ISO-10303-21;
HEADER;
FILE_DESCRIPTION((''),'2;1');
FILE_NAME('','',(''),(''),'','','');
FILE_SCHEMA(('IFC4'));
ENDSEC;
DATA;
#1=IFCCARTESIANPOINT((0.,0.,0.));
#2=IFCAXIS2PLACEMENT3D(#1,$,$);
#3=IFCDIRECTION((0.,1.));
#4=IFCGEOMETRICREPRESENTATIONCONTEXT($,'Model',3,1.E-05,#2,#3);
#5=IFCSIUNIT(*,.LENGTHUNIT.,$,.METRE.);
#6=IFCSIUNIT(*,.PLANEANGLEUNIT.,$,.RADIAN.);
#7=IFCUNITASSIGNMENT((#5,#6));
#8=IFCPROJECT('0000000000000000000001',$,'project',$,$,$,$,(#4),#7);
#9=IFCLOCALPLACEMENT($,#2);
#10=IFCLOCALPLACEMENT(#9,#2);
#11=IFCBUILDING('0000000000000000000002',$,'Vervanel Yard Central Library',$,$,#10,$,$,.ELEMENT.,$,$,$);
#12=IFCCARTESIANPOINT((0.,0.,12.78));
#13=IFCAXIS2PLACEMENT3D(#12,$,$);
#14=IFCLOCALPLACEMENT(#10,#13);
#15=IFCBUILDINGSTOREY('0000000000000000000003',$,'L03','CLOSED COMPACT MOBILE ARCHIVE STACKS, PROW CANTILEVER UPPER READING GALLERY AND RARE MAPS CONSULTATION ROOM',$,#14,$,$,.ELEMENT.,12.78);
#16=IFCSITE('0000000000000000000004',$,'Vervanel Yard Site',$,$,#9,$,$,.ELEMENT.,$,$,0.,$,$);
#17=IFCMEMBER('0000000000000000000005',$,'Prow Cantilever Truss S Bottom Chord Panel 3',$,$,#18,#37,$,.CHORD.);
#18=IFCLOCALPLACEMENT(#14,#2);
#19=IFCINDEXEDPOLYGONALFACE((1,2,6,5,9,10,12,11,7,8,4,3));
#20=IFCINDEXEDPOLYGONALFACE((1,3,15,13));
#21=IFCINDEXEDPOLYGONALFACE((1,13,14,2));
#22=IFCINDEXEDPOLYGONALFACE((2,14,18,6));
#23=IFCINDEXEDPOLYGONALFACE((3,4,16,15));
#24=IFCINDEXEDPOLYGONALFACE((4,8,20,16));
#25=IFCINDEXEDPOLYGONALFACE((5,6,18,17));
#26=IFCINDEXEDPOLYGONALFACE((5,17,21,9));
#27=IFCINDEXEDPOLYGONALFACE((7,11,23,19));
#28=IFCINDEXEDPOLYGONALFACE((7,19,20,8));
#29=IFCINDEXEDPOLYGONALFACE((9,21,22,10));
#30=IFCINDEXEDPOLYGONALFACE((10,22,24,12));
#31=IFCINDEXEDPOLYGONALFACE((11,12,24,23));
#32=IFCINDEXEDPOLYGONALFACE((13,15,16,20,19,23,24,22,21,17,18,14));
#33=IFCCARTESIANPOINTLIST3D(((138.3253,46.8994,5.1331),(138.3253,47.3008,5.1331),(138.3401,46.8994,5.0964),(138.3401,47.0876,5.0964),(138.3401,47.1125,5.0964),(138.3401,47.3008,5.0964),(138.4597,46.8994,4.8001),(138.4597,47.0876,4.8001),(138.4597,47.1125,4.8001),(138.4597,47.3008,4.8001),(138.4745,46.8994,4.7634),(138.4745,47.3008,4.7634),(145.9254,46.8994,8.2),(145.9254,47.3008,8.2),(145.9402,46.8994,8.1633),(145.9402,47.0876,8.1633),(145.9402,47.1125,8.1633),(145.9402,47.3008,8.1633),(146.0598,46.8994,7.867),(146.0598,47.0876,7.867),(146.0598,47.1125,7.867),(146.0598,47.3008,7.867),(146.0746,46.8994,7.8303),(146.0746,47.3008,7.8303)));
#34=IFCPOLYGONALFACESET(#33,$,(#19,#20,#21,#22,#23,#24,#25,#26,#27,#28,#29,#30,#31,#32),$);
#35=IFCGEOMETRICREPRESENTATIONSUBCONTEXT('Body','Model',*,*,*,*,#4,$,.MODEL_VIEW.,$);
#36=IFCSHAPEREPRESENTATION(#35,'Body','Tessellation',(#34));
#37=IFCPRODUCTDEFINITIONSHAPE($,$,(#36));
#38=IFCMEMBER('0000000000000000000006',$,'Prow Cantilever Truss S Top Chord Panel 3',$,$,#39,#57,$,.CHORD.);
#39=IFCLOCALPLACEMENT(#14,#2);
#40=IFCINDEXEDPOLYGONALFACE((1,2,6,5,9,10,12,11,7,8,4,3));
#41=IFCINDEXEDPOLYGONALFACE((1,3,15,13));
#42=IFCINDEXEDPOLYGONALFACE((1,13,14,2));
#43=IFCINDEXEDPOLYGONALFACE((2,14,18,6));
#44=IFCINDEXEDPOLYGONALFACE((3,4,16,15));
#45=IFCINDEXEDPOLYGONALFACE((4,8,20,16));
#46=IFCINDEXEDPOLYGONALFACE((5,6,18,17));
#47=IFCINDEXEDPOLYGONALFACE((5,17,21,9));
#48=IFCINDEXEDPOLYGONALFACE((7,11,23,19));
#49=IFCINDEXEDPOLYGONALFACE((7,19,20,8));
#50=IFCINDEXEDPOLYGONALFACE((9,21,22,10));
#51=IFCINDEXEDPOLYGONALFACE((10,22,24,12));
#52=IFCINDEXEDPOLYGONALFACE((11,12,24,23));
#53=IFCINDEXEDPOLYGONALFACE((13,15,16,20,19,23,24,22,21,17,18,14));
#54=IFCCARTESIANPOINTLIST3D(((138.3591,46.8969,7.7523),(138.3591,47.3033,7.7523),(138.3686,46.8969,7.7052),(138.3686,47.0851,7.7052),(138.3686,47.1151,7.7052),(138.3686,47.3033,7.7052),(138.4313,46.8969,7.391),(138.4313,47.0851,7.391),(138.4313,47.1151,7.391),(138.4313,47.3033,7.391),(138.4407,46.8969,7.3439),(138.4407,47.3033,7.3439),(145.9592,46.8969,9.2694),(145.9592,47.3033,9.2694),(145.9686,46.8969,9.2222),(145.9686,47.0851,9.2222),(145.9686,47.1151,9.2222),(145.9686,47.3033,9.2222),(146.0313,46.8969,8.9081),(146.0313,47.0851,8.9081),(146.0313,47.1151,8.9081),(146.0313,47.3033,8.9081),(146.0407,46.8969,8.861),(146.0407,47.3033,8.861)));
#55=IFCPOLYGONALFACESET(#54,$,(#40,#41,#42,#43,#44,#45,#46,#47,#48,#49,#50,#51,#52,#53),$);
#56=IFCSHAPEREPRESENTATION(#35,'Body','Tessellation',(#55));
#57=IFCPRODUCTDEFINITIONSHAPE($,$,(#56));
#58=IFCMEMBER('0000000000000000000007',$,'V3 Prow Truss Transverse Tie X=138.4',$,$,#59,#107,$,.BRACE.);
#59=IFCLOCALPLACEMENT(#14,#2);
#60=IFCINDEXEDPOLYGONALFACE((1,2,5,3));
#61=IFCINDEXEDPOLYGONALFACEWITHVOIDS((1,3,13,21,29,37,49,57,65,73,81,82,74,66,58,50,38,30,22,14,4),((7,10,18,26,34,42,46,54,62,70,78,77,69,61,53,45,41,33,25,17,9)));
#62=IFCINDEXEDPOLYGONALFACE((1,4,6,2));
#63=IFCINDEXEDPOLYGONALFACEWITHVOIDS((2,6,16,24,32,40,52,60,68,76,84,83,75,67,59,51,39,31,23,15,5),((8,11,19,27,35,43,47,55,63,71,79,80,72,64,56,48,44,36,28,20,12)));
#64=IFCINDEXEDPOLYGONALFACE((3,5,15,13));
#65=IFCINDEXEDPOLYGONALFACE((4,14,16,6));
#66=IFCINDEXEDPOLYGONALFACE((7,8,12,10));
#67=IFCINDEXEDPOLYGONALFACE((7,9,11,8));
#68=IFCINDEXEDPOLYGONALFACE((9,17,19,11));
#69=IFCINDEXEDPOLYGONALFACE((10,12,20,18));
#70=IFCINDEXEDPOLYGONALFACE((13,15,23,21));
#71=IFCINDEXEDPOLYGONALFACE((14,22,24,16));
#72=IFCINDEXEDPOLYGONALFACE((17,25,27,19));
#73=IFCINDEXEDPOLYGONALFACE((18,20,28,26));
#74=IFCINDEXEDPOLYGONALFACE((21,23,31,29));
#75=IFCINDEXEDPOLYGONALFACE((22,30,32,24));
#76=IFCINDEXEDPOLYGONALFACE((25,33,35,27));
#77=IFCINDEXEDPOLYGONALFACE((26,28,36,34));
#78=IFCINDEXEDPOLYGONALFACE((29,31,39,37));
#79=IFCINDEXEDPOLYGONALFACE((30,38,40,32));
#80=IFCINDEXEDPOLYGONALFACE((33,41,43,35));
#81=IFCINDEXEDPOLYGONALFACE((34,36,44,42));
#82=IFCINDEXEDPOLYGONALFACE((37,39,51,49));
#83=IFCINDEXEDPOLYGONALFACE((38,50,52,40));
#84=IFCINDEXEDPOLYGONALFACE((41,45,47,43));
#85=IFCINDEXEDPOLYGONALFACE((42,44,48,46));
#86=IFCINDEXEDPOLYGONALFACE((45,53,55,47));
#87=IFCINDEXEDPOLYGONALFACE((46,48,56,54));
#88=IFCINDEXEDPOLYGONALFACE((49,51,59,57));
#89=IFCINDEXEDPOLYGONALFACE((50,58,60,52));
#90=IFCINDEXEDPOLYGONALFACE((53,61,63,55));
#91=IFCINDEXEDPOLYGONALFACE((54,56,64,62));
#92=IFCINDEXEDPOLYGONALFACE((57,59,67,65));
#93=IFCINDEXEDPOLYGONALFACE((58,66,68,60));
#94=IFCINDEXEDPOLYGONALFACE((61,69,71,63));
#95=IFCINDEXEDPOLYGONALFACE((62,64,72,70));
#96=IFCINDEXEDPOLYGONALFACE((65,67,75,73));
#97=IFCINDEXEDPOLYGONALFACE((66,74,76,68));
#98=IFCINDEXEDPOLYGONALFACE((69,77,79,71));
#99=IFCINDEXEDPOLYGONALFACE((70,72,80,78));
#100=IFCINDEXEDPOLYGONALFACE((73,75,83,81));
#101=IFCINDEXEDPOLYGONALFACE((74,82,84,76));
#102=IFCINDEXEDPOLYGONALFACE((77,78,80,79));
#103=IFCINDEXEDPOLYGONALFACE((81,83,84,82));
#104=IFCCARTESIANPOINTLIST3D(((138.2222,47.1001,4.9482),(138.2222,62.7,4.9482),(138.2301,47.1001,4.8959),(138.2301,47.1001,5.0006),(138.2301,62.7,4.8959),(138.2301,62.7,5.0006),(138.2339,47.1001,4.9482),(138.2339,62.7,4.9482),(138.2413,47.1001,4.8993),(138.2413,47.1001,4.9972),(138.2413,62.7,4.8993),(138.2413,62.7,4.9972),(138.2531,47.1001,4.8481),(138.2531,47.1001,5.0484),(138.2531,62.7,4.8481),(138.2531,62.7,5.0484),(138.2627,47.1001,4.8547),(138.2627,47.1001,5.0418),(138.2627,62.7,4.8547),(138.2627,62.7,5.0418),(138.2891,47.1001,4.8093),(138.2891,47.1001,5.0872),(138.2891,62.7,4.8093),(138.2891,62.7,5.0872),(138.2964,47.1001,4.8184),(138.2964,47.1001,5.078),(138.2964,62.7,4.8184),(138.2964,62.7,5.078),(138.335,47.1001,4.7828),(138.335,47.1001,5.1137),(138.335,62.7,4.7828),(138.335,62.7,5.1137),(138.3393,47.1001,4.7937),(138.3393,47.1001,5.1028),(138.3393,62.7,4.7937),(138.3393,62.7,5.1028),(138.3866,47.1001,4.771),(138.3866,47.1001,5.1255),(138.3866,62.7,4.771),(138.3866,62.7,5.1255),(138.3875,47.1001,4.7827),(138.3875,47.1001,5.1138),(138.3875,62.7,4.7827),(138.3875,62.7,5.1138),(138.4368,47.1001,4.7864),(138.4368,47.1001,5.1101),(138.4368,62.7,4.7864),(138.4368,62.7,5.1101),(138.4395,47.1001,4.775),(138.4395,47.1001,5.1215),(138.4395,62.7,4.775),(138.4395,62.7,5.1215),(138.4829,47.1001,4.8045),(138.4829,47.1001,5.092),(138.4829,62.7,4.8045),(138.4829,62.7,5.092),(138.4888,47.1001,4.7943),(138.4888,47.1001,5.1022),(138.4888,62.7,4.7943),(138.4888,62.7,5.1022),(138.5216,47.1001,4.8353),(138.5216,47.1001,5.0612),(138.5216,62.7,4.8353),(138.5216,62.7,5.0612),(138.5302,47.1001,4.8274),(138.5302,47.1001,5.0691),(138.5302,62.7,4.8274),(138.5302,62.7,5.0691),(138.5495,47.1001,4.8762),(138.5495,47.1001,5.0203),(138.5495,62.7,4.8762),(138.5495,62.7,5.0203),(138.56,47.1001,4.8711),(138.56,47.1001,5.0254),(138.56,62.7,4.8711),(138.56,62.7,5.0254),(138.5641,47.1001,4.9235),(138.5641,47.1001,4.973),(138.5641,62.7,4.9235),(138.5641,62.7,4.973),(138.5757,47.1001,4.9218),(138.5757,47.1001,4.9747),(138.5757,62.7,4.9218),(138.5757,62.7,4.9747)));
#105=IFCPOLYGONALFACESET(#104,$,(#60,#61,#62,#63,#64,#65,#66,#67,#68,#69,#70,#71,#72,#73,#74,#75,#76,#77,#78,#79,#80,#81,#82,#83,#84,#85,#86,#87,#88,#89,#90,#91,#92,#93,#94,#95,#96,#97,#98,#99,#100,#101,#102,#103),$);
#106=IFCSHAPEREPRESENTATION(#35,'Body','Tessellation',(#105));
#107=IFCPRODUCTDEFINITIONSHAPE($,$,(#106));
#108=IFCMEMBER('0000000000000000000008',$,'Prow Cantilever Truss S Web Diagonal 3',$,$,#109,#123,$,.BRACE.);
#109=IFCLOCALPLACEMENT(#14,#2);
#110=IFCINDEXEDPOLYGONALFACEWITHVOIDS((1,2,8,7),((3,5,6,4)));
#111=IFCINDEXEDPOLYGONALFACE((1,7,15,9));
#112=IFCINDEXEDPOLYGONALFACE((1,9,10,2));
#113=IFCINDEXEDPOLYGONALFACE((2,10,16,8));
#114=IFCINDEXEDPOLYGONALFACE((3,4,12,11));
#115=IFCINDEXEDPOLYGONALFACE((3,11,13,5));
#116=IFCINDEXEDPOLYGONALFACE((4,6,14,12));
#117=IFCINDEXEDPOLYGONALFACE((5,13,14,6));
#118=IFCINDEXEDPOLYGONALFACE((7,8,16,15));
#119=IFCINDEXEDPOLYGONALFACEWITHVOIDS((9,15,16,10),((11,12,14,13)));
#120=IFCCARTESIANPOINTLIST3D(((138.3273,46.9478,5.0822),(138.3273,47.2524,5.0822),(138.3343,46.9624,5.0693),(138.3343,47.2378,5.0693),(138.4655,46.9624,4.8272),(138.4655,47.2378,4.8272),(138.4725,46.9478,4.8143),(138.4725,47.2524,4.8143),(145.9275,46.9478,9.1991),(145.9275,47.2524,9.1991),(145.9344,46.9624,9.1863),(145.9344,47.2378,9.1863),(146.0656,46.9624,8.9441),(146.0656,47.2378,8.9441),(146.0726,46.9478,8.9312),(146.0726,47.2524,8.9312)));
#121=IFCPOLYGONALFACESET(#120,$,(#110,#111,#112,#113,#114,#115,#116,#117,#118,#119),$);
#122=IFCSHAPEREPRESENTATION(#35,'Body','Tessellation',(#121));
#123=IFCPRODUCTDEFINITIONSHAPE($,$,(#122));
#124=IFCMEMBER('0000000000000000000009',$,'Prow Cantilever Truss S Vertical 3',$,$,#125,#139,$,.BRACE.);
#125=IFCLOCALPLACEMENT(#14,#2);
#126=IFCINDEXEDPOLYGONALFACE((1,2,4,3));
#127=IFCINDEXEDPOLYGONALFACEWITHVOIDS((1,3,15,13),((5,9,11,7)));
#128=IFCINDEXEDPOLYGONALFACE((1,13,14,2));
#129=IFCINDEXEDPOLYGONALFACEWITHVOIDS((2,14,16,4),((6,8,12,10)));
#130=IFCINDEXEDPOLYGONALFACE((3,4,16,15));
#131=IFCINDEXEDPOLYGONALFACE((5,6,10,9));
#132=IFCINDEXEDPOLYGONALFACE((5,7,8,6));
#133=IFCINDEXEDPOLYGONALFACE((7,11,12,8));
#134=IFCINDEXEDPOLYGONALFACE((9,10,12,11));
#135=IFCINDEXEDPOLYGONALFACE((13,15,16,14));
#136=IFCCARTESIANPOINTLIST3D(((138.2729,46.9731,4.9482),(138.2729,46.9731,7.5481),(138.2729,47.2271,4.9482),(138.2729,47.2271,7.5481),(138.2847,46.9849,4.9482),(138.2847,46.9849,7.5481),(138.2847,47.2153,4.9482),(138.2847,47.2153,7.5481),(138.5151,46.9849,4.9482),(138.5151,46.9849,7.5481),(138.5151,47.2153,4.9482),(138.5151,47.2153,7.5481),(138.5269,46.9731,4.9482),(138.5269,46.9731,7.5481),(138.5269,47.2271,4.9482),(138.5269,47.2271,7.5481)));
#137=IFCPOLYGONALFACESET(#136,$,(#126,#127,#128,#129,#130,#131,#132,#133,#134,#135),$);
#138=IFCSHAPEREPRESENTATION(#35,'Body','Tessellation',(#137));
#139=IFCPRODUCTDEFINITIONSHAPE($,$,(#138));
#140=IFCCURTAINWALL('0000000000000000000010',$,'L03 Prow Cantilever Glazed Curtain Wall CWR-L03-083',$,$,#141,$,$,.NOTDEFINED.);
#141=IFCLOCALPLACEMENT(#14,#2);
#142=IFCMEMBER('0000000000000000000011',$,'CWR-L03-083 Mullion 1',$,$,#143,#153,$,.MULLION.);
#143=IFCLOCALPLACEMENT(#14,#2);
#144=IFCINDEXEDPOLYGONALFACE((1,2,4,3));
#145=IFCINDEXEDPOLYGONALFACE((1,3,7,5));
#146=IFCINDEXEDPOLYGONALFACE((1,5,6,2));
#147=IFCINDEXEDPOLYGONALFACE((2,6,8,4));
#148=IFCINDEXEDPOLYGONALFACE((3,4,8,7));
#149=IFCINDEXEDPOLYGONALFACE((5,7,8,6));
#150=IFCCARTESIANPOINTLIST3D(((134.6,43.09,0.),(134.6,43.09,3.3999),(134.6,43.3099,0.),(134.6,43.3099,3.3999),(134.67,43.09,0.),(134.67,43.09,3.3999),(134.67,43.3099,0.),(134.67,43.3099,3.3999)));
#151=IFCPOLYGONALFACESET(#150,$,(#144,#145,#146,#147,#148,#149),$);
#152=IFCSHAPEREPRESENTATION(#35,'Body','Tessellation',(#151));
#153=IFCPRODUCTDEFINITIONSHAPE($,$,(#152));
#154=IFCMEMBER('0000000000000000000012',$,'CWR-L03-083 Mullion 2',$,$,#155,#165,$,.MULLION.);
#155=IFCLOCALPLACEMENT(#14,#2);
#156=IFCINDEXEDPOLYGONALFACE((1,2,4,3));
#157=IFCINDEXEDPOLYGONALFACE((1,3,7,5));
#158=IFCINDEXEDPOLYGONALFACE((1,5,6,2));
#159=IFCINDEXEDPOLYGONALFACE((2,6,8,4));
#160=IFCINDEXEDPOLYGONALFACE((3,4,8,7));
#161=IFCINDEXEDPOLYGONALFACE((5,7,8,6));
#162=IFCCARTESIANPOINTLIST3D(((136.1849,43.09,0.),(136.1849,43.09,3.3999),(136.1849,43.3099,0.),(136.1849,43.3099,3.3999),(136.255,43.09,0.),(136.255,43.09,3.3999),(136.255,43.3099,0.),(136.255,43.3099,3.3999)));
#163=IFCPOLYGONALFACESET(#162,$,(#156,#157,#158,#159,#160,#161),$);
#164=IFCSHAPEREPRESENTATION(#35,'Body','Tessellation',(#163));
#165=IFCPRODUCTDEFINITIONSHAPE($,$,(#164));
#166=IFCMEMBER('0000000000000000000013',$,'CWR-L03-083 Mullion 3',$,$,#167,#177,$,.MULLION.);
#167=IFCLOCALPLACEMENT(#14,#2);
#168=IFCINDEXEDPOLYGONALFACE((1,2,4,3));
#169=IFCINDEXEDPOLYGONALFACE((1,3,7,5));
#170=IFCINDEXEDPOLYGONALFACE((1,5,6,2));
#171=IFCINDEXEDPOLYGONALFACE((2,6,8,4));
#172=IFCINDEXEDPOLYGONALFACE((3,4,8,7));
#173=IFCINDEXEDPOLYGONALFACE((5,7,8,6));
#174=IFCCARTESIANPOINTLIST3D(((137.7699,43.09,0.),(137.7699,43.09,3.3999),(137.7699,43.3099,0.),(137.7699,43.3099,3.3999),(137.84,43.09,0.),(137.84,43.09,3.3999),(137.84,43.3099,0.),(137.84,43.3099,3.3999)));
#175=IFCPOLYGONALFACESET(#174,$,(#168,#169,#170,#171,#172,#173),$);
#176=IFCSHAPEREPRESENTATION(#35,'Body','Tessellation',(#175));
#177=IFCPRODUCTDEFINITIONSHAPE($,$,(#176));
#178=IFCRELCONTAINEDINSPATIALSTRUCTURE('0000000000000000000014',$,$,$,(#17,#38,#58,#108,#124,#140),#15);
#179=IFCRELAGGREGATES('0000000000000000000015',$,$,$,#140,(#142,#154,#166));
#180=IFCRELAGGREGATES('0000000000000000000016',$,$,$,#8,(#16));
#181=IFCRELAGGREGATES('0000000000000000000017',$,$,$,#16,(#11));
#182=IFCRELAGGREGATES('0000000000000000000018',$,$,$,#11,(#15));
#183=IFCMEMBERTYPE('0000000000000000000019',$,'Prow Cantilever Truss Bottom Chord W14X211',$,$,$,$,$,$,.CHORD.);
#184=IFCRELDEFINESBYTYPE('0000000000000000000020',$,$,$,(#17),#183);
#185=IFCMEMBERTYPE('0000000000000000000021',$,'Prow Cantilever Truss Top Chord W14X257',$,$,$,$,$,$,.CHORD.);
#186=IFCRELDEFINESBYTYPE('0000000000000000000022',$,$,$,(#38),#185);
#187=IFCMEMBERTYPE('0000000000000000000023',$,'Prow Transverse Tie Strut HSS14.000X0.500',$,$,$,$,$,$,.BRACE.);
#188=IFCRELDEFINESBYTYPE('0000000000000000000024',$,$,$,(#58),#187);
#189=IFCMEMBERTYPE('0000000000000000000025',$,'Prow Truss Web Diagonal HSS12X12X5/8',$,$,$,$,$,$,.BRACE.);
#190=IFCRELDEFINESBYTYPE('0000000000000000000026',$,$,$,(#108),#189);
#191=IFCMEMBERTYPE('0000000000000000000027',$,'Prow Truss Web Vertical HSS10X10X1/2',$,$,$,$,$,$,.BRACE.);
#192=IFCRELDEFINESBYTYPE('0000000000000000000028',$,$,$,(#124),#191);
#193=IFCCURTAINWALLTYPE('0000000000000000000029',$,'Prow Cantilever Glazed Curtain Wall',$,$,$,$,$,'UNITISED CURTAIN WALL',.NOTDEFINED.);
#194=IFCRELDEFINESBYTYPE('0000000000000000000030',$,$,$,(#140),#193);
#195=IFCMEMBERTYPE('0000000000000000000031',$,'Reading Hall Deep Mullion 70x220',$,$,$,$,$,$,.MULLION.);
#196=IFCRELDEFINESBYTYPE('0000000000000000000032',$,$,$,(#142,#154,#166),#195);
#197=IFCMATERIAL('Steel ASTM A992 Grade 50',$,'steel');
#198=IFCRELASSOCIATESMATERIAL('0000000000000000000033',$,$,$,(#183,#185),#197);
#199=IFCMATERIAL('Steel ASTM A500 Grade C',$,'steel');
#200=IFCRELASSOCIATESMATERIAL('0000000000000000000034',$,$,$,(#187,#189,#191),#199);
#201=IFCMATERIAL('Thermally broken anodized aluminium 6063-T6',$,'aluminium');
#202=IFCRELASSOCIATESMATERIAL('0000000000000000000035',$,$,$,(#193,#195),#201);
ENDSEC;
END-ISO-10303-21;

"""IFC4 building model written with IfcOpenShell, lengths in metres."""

from ifc_helpers import new_model, si_unit, direction, frame, origin, origin_2d, place, context, subcontext, project, spatial, rectangle, hollow_rectangle, hollow_circle, i_section, extrude, material, material_profile, profile_set, type_object, element, aggregate, save


model = new_model("IFC4")

# Units and contexts
model_context = context("Model", 3, precision=1e-05, world=origin(), true_north=direction((0.0, 1.0)))
body_context = subcontext(model_context, "Body", "Model", "MODEL_VIEW")
ifc_project = project(units=[si_unit("LENGTHUNIT", "METRE"), si_unit("PLANEANGLEUNIT", "RADIAN")], contexts=[model_context])

# Site, building, storey
site_placement = place(None, origin())
site = spatial("IfcSite", under=ifc_project, at=site_placement, Name="Vervanel Yard Site", CompositionType="ELEMENT", RefElevation=0.0)
building_placement = place(site_placement, origin())
building = spatial("IfcBuilding", under=site, at=building_placement, Name="Vervanel Yard Central Library", CompositionType="ELEMENT")
storey_placement = place(building_placement, frame((0.0, 0.0, 12.78)))
storey = spatial("IfcBuildingStorey", under=building, at=storey_placement, Name="L03", Description="CLOSED COMPACT MOBILE ARCHIVE STACKS, PROW CANTILEVER UPPER READING GALLERY AND RARE MAPS CONSULTATION ROOM", CompositionType="ELEMENT", Elevation=12.78)

# Members
ifc_material_1 = material(Name="Steel ASTM A992 Grade 50", Category="steel")
ifc_material_profile_1 = material_profile(ifc_material_1, i_section(OverallWidth=0.4014, OverallDepth=0.3987, WebThickness=0.0249, FlangeThickness=0.0396, at=origin_2d()), Name="W14X211", Category="steel")
ifc_profile_set_1 = profile_set([ifc_material_profile_1], Name="Steel ASTM A992 Grade 50")
member_type_1 = type_object("IfcMemberType", Name="Prow Cantilever Truss Bottom Chord W14X211", PredefinedType="CHORD", material=ifc_profile_set_1)
member_1_placement = place(storey_placement, frame((138.3999, 47.1001, 4.9482), z_axis=(0.927342, 0.0, 0.374214), x_axis=(0.0, 1.0, 0.0)))
element("IfcMember", 1, at=member_1_placement, inside=storey, type_object=member_type_1, Name="Prow Cantilever Truss S Bottom Chord Panel 3", PredefinedType="CHORD", context=body_context, shape_type="SweptSolid", body=[
    extrude(i_section(OverallWidth=0.4014, OverallDepth=0.3987, WebThickness=0.0249, FlangeThickness=0.0396, at=origin_2d()), origin(), (0.0, 0.0, 1.0), 8.1956),
])
ifc_material_profile_2 = material_profile(ifc_material_1, i_section(OverallWidth=0.4065, OverallDepth=0.4165, WebThickness=0.03, FlangeThickness=0.0481, at=origin_2d()), Name="W14X257", Category="steel")
ifc_profile_set_2 = profile_set([ifc_material_profile_2], Name="Steel ASTM A992 Grade 50")
member_type_2 = type_object("IfcMemberType", Name="Prow Cantilever Truss Top Chord W14X257", PredefinedType="CHORD", material=ifc_profile_set_2)
member_2_placement = place(storey_placement, frame((138.3999, 47.1001, 7.5481), z_axis=(0.980653, 0.0, 0.195753), x_axis=(0.0, 1.0, 0.0)))
element("IfcMember", 2, at=member_2_placement, inside=storey, type_object=member_type_2, Name="Prow Cantilever Truss S Top Chord Panel 3", PredefinedType="CHORD", context=body_context, shape_type="SweptSolid", body=[
    extrude(i_section(OverallWidth=0.4065, OverallDepth=0.4165, WebThickness=0.03, FlangeThickness=0.0481, at=origin_2d()), origin(), (0.0, 0.0, 1.0), 7.75),
])
ifc_material_2 = material(Name="Steel ASTM A500 Grade C", Category="steel")
ifc_material_profile_3 = material_profile(ifc_material_2, hollow_circle(Radius=0.1777, WallThickness=0.0117, at=origin_2d()), Name="HSS14.000X0.500", Category="steel")
ifc_profile_set_3 = profile_set([ifc_material_profile_3], Name="Steel ASTM A500 Grade C")
member_type_3 = type_object("IfcMemberType", Name="Prow Transverse Tie Strut HSS14.000X0.500", PredefinedType="BRACE", material=ifc_profile_set_3)
member_3_placement = place(storey_placement, frame((138.3999, 47.1001, 4.9482), z_axis=(0.0, 1.0, 0.0), x_axis=(-1.0, 0.0, 0.0)))
element("IfcMember", 3, at=member_3_placement, inside=storey, type_object=member_type_3, Name="V3 Prow Truss Transverse Tie X=138.4", PredefinedType="BRACE", context=body_context, shape_type="SweptSolid", body=[
    extrude(hollow_circle(Radius=0.1777, WallThickness=0.0117, at=origin_2d()), origin(), (0.0, 0.0, 1.0), 15.5999),
])
ifc_material_profile_4 = material_profile(ifc_material_2, hollow_rectangle(XDim=0.3047, YDim=0.3047, WallThickness=0.0146, at=origin_2d()), Name="HSS12X12X5/8", Category="steel")
ifc_profile_set_4 = profile_set([ifc_material_profile_4], Name="Steel ASTM A500 Grade C")
member_type_4 = type_object("IfcMemberType", Name="Prow Truss Web Diagonal HSS12X12X5/8", PredefinedType="BRACE", material=ifc_profile_set_4)
member_4_placement = place(storey_placement, frame((138.3999, 47.1001, 4.9482), z_axis=(0.879281, 0.0, 0.476303), x_axis=(0.0, 1.0, 0.0)))
element("IfcMember", 4, at=member_4_placement, inside=storey, type_object=member_type_4, Name="Prow Cantilever Truss S Web Diagonal 3", PredefinedType="BRACE", context=body_context, shape_type="SweptSolid", body=[
    extrude(hollow_rectangle(XDim=0.3047, YDim=0.3047, WallThickness=0.0146, at=origin_2d()), origin(), (0.0, 0.0, 1.0), 8.6436),
])
ifc_material_profile_5 = material_profile(ifc_material_2, hollow_rectangle(XDim=0.2539, YDim=0.2539, WallThickness=0.0117, at=origin_2d()), Name="HSS10X10X1/2", Category="steel")
ifc_profile_set_5 = profile_set([ifc_material_profile_5], Name="Steel ASTM A500 Grade C")
member_type_5 = type_object("IfcMemberType", Name="Prow Truss Web Vertical HSS10X10X1/2", PredefinedType="BRACE", material=ifc_profile_set_5)
member_5_placement = place(storey_placement, frame((138.3999, 47.1001, 4.9482), z_axis=(0.0, 0.0, 1.0), x_axis=(1.0, 0.0, 0.0)))
element("IfcMember", 5, at=member_5_placement, inside=storey, type_object=member_type_5, Name="Prow Cantilever Truss S Vertical 3", PredefinedType="BRACE", context=body_context, shape_type="SweptSolid", body=[
    extrude(hollow_rectangle(XDim=0.2539, YDim=0.2539, WallThickness=0.0117, at=origin_2d()), origin(), (0.0, 0.0, 1.0), 2.5999),
])

# Curtain wall, members
ifc_material_3 = material(Name="Thermally broken anodized aluminium 6063-T6", Category="aluminium")
curtain_wall_type = type_object("IfcCurtainWallType", Name="Prow Cantilever Glazed Curtain Wall", ElementType="UNITISED CURTAIN WALL", PredefinedType="NOTDEFINED", material=ifc_material_3)
curtain_wall_1_placement = place(storey_placement, origin())
curtain_wall_1 = element("IfcCurtainWall", 6, at=curtain_wall_1_placement, inside=storey, type_object=curtain_wall_type, Name="L03 Prow Cantilever Glazed Curtain Wall CWR-L03-083", PredefinedType="NOTDEFINED")
ifc_material_profile_6 = material_profile(ifc_material_3, rectangle(XDim=0.0701, YDim=0.22, at=origin_2d()), Name="ALU 70x220", Category="aluminium")
ifc_profile_set_6 = profile_set([ifc_material_profile_6], Name="Thermally broken anodized aluminium 6063-T6")
member_type_6 = type_object("IfcMemberType", Name="Reading Hall Deep Mullion 70x220", PredefinedType="MULLION", material=ifc_profile_set_6)
member_6_placement = place(storey_placement, frame((134.635, 43.2, 0.0), z_axis=(0.0, 0.0, 1.0), x_axis=(1.0, 0.0, 0.0)))
member_6 = element("IfcMember", 7, at=member_6_placement, type_object=member_type_6, Name="CWR-L03-083 Mullion 1", PredefinedType="MULLION", context=body_context, shape_type="SweptSolid", body=[
    extrude(rectangle(XDim=0.0701, YDim=0.22, at=origin_2d()), origin(), (0.0, 0.0, 1.0), 3.3999),
])
member_7_placement = place(storey_placement, frame((136.22, 43.2, 0.0), z_axis=(0.0, 0.0, 1.0), x_axis=(1.0, 0.0, 0.0)))
member_7 = element("IfcMember", 8, at=member_7_placement, type_object=member_type_6, Name="CWR-L03-083 Mullion 2", PredefinedType="MULLION", context=body_context, shape_type="SweptSolid", body=[
    extrude(rectangle(XDim=0.0701, YDim=0.22, at=origin_2d()), origin(), (0.0, 0.0, 1.0), 3.3999),
])
member_8_placement = place(storey_placement, frame((137.8049, 43.2, 0.0), z_axis=(0.0, 0.0, 1.0), x_axis=(1.0, 0.0, 0.0)))
member_8 = element("IfcMember", 9, at=member_8_placement, type_object=member_type_6, Name="CWR-L03-083 Mullion 3", PredefinedType="MULLION", context=body_context, shape_type="SweptSolid", body=[
    extrude(rectangle(XDim=0.0701, YDim=0.22, at=origin_2d()), origin(), (0.0, 0.0, 1.0), 3.3999),
])

aggregate(curtain_wall_1, [member_6, member_7, member_8])

save(model, "model.ifc")
